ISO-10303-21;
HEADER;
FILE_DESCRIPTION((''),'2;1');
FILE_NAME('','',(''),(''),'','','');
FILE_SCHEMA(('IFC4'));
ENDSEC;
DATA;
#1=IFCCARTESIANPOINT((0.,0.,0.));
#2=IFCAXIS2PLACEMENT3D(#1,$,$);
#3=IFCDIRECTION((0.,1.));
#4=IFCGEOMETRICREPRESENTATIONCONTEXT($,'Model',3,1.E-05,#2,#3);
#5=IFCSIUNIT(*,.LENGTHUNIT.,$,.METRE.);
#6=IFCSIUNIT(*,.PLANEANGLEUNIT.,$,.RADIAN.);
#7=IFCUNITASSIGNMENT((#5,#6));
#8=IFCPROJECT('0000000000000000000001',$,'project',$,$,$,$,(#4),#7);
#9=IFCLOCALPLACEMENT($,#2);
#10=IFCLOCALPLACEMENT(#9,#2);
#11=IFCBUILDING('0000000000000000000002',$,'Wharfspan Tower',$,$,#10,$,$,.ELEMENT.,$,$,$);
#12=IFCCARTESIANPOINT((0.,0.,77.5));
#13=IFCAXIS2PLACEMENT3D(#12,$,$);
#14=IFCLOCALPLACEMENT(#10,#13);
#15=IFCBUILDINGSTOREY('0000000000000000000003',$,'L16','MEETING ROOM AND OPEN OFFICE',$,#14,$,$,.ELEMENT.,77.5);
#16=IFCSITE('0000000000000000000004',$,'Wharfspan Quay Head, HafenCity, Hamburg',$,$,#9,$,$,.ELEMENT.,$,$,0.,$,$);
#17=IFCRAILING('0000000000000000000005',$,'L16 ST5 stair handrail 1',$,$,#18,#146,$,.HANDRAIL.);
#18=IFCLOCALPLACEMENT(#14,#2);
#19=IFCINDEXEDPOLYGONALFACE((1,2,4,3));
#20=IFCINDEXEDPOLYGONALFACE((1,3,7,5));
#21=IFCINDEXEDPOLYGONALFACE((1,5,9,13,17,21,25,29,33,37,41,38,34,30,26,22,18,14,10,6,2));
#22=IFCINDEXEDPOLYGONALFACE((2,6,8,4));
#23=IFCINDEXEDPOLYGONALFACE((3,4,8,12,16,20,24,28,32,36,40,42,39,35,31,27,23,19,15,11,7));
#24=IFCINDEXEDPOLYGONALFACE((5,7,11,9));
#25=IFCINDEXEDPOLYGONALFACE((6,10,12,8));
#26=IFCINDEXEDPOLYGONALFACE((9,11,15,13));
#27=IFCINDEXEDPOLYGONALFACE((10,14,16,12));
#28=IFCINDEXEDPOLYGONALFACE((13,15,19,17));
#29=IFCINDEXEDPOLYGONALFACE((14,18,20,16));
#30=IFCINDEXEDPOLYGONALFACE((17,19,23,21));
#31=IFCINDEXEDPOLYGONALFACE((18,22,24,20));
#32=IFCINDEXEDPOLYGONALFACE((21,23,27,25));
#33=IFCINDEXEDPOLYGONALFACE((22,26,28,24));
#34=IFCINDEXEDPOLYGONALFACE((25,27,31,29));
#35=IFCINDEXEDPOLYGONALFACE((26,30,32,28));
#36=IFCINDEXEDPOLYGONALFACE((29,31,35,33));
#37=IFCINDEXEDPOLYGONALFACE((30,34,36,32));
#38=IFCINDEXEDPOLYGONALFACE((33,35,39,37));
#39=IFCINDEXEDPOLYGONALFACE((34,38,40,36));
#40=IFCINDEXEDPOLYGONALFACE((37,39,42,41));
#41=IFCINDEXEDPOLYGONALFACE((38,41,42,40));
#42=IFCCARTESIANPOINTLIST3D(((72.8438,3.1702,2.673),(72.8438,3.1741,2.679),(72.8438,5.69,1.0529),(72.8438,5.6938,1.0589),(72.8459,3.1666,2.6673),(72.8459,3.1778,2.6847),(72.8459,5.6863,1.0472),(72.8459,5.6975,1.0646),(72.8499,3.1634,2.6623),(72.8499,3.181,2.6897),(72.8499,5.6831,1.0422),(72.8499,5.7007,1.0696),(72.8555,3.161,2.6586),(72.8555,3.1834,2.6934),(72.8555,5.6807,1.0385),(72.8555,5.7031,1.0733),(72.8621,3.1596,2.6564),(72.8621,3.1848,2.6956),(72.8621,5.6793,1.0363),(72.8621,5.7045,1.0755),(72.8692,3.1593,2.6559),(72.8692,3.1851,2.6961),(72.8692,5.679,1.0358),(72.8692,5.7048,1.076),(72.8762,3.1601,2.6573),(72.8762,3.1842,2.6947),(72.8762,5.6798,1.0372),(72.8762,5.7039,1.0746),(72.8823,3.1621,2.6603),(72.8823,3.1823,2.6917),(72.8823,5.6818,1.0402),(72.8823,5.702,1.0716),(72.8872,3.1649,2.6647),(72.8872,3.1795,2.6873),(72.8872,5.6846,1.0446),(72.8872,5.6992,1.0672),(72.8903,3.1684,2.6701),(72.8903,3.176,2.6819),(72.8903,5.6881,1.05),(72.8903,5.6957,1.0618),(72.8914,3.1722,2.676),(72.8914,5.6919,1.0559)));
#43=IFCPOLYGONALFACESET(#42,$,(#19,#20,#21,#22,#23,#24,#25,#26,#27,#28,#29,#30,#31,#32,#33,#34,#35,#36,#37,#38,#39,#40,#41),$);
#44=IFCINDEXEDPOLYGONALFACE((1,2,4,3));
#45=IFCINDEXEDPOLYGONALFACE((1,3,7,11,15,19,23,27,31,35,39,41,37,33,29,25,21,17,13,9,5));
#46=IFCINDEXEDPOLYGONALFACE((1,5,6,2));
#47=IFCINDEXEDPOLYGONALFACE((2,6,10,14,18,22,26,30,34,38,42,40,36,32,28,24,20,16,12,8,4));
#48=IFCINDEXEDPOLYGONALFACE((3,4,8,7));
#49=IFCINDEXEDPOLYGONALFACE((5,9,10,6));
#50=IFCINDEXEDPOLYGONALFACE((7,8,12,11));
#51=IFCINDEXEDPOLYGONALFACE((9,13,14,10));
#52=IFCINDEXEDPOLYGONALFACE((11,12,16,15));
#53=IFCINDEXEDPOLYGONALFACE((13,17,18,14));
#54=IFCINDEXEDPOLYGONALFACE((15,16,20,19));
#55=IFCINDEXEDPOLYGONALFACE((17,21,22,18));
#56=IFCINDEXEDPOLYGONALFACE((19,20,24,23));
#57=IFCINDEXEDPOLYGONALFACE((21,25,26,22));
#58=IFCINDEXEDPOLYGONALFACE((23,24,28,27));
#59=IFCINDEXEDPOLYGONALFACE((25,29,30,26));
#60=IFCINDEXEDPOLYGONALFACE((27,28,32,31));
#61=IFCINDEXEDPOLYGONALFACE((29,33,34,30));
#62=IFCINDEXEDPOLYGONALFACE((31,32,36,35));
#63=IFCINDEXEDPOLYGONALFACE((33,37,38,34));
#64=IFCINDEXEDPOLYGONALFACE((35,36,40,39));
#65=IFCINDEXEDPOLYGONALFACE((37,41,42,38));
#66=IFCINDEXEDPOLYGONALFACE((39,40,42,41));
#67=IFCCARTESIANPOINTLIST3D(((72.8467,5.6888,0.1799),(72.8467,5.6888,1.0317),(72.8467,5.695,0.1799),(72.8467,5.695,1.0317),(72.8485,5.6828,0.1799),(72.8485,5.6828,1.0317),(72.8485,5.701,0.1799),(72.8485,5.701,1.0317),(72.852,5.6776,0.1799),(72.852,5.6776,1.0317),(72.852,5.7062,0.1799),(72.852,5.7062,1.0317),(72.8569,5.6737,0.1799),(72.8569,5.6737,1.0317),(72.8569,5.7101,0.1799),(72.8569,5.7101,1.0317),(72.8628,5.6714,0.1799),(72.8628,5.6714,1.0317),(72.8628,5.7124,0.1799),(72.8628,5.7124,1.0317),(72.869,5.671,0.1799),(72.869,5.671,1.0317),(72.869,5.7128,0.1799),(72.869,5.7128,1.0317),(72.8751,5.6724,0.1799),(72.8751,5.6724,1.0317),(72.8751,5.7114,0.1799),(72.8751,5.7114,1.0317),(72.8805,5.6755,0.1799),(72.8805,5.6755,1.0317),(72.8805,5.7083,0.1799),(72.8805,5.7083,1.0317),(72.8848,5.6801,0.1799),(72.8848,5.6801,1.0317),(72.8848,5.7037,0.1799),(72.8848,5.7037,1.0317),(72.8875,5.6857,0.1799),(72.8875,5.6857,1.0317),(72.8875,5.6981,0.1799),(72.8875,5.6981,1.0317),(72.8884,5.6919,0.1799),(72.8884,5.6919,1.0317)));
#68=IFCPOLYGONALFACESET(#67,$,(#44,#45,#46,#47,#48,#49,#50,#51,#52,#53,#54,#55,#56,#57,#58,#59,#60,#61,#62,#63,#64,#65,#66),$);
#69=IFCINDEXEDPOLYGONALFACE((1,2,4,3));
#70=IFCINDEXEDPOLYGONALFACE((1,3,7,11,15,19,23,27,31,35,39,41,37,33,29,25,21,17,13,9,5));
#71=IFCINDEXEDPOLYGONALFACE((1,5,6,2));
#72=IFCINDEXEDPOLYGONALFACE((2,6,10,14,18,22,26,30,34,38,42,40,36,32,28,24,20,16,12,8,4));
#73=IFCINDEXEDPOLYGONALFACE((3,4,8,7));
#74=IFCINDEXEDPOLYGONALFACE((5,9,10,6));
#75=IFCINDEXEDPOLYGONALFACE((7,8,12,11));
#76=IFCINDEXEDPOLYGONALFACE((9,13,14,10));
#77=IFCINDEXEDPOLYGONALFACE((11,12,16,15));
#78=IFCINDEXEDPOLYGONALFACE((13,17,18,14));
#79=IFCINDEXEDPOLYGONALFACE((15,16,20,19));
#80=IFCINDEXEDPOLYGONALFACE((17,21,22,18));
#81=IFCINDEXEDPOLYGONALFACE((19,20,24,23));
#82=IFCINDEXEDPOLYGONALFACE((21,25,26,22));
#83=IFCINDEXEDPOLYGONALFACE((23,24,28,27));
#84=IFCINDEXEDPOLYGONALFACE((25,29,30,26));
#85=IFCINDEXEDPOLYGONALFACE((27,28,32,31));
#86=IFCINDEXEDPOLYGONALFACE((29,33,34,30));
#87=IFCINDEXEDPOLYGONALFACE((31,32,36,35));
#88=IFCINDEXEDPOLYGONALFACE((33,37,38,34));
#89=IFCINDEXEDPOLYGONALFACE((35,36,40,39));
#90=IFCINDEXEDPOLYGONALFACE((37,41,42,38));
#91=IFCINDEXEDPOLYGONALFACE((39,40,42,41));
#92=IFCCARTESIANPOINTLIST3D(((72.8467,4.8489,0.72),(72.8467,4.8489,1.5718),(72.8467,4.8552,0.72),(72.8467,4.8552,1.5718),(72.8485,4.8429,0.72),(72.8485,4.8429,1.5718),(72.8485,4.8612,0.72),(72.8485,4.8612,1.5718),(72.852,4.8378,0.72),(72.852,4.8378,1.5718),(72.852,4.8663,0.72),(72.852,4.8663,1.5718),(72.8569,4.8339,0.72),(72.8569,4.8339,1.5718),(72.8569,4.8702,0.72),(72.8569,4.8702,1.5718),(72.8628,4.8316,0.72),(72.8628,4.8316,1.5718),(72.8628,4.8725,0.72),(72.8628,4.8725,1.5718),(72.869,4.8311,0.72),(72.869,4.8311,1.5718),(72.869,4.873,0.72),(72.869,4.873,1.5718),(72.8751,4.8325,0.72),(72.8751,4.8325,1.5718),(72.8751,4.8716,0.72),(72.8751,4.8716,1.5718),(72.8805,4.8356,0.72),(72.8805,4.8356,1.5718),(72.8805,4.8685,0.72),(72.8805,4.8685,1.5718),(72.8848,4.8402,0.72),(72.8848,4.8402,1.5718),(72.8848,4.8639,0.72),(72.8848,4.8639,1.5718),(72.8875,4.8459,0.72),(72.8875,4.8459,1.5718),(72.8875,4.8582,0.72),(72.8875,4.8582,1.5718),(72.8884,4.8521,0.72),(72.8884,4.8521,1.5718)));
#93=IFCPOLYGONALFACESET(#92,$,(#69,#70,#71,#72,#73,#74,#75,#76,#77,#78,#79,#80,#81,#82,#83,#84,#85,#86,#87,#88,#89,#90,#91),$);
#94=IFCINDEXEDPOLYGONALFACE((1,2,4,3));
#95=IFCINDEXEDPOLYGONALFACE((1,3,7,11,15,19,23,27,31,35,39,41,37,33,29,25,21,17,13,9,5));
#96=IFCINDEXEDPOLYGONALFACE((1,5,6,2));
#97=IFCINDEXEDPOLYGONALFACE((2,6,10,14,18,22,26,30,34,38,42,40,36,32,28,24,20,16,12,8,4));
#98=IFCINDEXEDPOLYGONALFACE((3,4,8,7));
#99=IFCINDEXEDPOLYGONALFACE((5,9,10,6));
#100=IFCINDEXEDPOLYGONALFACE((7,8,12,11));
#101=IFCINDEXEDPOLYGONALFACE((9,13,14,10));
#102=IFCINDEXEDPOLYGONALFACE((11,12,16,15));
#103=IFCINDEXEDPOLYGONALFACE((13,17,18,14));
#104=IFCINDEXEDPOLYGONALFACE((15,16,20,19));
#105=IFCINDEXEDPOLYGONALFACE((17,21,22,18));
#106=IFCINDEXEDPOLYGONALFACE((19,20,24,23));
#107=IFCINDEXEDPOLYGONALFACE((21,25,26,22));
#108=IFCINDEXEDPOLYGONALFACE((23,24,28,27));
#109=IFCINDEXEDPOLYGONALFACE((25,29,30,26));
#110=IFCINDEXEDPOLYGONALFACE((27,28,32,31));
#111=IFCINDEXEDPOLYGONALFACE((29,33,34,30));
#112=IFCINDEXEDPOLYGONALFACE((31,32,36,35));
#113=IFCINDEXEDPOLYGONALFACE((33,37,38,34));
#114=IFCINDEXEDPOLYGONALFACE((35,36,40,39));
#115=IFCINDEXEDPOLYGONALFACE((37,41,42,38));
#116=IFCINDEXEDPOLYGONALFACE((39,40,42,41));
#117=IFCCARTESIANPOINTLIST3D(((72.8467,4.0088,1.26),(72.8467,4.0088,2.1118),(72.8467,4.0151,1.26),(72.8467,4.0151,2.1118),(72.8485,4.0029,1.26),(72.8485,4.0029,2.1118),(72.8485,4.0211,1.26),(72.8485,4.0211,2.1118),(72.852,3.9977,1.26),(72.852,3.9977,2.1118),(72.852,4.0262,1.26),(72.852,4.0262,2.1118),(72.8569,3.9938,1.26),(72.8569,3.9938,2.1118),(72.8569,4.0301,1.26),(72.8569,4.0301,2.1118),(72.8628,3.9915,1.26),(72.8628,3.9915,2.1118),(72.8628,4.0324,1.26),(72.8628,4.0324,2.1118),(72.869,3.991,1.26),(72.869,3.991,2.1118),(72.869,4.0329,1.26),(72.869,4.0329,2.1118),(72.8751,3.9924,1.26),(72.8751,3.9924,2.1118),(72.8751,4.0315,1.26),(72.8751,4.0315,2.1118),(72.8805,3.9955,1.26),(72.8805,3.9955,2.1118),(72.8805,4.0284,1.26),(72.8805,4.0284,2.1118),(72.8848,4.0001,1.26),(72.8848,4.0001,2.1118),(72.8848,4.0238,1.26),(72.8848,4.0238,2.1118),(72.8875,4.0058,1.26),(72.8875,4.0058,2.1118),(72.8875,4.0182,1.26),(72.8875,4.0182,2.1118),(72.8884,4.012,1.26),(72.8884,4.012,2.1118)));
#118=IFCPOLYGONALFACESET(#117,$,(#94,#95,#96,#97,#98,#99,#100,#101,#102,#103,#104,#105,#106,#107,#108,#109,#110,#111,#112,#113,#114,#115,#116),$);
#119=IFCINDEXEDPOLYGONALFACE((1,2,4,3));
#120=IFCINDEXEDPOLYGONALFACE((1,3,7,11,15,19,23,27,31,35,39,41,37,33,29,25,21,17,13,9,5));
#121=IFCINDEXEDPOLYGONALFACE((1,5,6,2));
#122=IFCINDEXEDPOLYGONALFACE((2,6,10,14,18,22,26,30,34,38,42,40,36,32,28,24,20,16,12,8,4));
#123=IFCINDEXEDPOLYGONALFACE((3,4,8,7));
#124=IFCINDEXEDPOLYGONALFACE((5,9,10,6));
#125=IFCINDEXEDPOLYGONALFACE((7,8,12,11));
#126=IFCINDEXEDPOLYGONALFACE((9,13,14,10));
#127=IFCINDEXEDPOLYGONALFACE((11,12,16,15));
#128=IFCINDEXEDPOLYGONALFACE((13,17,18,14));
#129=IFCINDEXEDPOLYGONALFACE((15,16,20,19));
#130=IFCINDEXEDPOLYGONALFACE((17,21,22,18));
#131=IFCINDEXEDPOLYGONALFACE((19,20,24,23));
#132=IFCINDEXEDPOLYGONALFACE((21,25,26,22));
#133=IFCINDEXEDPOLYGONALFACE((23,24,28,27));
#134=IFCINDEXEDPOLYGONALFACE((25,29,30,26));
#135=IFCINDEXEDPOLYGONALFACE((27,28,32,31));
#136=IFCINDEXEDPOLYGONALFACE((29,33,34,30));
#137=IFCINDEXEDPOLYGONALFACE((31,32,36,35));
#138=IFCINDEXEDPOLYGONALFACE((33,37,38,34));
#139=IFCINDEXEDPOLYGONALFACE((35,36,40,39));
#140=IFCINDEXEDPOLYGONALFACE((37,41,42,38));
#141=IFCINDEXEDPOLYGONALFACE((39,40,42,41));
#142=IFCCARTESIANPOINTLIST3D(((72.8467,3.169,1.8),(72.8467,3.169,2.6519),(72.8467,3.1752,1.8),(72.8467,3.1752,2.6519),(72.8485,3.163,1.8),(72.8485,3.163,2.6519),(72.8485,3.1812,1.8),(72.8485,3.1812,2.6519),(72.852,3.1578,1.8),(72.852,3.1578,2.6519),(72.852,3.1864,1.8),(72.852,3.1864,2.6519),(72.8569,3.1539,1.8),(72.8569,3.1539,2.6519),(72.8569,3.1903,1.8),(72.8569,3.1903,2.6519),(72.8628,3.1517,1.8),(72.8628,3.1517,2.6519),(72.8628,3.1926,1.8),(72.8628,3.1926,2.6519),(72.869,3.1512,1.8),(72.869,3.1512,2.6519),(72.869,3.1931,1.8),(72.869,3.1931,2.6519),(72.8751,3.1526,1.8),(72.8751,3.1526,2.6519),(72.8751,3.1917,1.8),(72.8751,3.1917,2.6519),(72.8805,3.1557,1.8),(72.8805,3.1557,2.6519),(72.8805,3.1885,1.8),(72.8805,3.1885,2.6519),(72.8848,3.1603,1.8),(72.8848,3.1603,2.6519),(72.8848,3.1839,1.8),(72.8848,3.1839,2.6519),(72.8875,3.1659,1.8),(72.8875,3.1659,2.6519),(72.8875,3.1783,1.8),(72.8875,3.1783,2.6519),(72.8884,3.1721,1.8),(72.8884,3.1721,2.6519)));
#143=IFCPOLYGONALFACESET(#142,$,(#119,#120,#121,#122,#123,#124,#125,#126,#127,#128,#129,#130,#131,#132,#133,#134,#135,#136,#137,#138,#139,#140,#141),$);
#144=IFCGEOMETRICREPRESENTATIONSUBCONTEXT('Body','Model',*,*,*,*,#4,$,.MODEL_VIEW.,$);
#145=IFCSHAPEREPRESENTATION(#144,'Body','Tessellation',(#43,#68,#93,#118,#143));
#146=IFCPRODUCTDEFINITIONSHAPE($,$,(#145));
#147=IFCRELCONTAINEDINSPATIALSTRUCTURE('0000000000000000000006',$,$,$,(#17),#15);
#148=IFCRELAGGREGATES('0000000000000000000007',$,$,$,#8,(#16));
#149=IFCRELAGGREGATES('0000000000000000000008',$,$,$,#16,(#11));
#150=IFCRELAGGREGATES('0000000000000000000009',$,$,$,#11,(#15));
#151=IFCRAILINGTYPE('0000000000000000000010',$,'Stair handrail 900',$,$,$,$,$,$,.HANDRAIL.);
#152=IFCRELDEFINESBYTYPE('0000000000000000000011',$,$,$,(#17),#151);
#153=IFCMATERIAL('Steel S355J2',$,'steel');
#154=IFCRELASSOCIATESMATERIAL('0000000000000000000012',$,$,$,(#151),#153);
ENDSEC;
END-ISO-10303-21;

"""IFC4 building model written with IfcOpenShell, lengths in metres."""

from ifc_helpers import new_model, si_unit, direction, frame, origin, origin_2d, place, context, subcontext, project, spatial, circle, extrude, material, type_object, element, save


model = new_model("IFC4")

# Units and contexts
model_context = context("Model", 3, precision=1e-05, world=origin(), true_north=direction((0.0, 1.0)))
body_context = subcontext(model_context, "Body", "Model", "MODEL_VIEW")
ifc_project = project(units=[si_unit("LENGTHUNIT", "METRE"), si_unit("PLANEANGLEUNIT", "RADIAN")], contexts=[model_context])

# Site, building, storey
site_placement = place(None, origin())
site = spatial("IfcSite", under=ifc_project, at=site_placement, Name="Wharfspan Quay Head, HafenCity, Hamburg", CompositionType="ELEMENT", RefElevation=0.0)
building_placement = place(site_placement, origin())
building = spatial("IfcBuilding", under=site, at=building_placement, Name="Wharfspan Tower", CompositionType="ELEMENT")
storey_placement = place(building_placement, frame((0.0, 0.0, 77.5)))
storey = spatial("IfcBuildingStorey", under=building, at=storey_placement, Name="L16", Description="MEETING ROOM AND OPEN OFFICE", CompositionType="ELEMENT", Elevation=77.5)

# Shared definitions
ifc_material_1 = material(Name="Steel S355J2", Category="steel")

# Railing
railing_type_1 = type_object("IfcRailingType", Name="Stair handrail 900", PredefinedType="HANDRAIL", material=ifc_material_1)
railing_1_placement = place(storey_placement, frame((72.8674, 5.6919, 0.1799)))
element("IfcRailing", 1, at=railing_1_placement, inside=storey, type_object=railing_type_1, Name="L16 ST5 stair handrail 1", PredefinedType="HANDRAIL", context=body_context, shape_type="SweptSolid", body=[
    extrude(circle(Radius=0.0239, at=origin_2d()), frame((0.0, 0.0, 0.876), z_axis=(0.0, -0.841139, 0.540819), x_axis=(1.0, 0.0, 0.0)), (0.0, 0.0, 1.0), 2.9956),
    extrude(circle(Radius=0.021, at=origin_2d()), origin(), (0.0, 0.0, 1.0), 0.8518),
    extrude(circle(Radius=0.021, at=origin_2d()), frame((0.0, -0.8398, 0.54)), (0.0, 0.0, 1.0), 0.8518),
    extrude(circle(Radius=0.021, at=origin_2d()), frame((0.0, -1.6799, 1.0801)), (0.0, 0.0, 1.0), 0.8518),
    extrude(circle(Radius=0.021, at=origin_2d()), frame((0.0, -2.5198, 1.6201)), (0.0, 0.0, 1.0), 0.8518),
])

save(model, "model.ifc")
